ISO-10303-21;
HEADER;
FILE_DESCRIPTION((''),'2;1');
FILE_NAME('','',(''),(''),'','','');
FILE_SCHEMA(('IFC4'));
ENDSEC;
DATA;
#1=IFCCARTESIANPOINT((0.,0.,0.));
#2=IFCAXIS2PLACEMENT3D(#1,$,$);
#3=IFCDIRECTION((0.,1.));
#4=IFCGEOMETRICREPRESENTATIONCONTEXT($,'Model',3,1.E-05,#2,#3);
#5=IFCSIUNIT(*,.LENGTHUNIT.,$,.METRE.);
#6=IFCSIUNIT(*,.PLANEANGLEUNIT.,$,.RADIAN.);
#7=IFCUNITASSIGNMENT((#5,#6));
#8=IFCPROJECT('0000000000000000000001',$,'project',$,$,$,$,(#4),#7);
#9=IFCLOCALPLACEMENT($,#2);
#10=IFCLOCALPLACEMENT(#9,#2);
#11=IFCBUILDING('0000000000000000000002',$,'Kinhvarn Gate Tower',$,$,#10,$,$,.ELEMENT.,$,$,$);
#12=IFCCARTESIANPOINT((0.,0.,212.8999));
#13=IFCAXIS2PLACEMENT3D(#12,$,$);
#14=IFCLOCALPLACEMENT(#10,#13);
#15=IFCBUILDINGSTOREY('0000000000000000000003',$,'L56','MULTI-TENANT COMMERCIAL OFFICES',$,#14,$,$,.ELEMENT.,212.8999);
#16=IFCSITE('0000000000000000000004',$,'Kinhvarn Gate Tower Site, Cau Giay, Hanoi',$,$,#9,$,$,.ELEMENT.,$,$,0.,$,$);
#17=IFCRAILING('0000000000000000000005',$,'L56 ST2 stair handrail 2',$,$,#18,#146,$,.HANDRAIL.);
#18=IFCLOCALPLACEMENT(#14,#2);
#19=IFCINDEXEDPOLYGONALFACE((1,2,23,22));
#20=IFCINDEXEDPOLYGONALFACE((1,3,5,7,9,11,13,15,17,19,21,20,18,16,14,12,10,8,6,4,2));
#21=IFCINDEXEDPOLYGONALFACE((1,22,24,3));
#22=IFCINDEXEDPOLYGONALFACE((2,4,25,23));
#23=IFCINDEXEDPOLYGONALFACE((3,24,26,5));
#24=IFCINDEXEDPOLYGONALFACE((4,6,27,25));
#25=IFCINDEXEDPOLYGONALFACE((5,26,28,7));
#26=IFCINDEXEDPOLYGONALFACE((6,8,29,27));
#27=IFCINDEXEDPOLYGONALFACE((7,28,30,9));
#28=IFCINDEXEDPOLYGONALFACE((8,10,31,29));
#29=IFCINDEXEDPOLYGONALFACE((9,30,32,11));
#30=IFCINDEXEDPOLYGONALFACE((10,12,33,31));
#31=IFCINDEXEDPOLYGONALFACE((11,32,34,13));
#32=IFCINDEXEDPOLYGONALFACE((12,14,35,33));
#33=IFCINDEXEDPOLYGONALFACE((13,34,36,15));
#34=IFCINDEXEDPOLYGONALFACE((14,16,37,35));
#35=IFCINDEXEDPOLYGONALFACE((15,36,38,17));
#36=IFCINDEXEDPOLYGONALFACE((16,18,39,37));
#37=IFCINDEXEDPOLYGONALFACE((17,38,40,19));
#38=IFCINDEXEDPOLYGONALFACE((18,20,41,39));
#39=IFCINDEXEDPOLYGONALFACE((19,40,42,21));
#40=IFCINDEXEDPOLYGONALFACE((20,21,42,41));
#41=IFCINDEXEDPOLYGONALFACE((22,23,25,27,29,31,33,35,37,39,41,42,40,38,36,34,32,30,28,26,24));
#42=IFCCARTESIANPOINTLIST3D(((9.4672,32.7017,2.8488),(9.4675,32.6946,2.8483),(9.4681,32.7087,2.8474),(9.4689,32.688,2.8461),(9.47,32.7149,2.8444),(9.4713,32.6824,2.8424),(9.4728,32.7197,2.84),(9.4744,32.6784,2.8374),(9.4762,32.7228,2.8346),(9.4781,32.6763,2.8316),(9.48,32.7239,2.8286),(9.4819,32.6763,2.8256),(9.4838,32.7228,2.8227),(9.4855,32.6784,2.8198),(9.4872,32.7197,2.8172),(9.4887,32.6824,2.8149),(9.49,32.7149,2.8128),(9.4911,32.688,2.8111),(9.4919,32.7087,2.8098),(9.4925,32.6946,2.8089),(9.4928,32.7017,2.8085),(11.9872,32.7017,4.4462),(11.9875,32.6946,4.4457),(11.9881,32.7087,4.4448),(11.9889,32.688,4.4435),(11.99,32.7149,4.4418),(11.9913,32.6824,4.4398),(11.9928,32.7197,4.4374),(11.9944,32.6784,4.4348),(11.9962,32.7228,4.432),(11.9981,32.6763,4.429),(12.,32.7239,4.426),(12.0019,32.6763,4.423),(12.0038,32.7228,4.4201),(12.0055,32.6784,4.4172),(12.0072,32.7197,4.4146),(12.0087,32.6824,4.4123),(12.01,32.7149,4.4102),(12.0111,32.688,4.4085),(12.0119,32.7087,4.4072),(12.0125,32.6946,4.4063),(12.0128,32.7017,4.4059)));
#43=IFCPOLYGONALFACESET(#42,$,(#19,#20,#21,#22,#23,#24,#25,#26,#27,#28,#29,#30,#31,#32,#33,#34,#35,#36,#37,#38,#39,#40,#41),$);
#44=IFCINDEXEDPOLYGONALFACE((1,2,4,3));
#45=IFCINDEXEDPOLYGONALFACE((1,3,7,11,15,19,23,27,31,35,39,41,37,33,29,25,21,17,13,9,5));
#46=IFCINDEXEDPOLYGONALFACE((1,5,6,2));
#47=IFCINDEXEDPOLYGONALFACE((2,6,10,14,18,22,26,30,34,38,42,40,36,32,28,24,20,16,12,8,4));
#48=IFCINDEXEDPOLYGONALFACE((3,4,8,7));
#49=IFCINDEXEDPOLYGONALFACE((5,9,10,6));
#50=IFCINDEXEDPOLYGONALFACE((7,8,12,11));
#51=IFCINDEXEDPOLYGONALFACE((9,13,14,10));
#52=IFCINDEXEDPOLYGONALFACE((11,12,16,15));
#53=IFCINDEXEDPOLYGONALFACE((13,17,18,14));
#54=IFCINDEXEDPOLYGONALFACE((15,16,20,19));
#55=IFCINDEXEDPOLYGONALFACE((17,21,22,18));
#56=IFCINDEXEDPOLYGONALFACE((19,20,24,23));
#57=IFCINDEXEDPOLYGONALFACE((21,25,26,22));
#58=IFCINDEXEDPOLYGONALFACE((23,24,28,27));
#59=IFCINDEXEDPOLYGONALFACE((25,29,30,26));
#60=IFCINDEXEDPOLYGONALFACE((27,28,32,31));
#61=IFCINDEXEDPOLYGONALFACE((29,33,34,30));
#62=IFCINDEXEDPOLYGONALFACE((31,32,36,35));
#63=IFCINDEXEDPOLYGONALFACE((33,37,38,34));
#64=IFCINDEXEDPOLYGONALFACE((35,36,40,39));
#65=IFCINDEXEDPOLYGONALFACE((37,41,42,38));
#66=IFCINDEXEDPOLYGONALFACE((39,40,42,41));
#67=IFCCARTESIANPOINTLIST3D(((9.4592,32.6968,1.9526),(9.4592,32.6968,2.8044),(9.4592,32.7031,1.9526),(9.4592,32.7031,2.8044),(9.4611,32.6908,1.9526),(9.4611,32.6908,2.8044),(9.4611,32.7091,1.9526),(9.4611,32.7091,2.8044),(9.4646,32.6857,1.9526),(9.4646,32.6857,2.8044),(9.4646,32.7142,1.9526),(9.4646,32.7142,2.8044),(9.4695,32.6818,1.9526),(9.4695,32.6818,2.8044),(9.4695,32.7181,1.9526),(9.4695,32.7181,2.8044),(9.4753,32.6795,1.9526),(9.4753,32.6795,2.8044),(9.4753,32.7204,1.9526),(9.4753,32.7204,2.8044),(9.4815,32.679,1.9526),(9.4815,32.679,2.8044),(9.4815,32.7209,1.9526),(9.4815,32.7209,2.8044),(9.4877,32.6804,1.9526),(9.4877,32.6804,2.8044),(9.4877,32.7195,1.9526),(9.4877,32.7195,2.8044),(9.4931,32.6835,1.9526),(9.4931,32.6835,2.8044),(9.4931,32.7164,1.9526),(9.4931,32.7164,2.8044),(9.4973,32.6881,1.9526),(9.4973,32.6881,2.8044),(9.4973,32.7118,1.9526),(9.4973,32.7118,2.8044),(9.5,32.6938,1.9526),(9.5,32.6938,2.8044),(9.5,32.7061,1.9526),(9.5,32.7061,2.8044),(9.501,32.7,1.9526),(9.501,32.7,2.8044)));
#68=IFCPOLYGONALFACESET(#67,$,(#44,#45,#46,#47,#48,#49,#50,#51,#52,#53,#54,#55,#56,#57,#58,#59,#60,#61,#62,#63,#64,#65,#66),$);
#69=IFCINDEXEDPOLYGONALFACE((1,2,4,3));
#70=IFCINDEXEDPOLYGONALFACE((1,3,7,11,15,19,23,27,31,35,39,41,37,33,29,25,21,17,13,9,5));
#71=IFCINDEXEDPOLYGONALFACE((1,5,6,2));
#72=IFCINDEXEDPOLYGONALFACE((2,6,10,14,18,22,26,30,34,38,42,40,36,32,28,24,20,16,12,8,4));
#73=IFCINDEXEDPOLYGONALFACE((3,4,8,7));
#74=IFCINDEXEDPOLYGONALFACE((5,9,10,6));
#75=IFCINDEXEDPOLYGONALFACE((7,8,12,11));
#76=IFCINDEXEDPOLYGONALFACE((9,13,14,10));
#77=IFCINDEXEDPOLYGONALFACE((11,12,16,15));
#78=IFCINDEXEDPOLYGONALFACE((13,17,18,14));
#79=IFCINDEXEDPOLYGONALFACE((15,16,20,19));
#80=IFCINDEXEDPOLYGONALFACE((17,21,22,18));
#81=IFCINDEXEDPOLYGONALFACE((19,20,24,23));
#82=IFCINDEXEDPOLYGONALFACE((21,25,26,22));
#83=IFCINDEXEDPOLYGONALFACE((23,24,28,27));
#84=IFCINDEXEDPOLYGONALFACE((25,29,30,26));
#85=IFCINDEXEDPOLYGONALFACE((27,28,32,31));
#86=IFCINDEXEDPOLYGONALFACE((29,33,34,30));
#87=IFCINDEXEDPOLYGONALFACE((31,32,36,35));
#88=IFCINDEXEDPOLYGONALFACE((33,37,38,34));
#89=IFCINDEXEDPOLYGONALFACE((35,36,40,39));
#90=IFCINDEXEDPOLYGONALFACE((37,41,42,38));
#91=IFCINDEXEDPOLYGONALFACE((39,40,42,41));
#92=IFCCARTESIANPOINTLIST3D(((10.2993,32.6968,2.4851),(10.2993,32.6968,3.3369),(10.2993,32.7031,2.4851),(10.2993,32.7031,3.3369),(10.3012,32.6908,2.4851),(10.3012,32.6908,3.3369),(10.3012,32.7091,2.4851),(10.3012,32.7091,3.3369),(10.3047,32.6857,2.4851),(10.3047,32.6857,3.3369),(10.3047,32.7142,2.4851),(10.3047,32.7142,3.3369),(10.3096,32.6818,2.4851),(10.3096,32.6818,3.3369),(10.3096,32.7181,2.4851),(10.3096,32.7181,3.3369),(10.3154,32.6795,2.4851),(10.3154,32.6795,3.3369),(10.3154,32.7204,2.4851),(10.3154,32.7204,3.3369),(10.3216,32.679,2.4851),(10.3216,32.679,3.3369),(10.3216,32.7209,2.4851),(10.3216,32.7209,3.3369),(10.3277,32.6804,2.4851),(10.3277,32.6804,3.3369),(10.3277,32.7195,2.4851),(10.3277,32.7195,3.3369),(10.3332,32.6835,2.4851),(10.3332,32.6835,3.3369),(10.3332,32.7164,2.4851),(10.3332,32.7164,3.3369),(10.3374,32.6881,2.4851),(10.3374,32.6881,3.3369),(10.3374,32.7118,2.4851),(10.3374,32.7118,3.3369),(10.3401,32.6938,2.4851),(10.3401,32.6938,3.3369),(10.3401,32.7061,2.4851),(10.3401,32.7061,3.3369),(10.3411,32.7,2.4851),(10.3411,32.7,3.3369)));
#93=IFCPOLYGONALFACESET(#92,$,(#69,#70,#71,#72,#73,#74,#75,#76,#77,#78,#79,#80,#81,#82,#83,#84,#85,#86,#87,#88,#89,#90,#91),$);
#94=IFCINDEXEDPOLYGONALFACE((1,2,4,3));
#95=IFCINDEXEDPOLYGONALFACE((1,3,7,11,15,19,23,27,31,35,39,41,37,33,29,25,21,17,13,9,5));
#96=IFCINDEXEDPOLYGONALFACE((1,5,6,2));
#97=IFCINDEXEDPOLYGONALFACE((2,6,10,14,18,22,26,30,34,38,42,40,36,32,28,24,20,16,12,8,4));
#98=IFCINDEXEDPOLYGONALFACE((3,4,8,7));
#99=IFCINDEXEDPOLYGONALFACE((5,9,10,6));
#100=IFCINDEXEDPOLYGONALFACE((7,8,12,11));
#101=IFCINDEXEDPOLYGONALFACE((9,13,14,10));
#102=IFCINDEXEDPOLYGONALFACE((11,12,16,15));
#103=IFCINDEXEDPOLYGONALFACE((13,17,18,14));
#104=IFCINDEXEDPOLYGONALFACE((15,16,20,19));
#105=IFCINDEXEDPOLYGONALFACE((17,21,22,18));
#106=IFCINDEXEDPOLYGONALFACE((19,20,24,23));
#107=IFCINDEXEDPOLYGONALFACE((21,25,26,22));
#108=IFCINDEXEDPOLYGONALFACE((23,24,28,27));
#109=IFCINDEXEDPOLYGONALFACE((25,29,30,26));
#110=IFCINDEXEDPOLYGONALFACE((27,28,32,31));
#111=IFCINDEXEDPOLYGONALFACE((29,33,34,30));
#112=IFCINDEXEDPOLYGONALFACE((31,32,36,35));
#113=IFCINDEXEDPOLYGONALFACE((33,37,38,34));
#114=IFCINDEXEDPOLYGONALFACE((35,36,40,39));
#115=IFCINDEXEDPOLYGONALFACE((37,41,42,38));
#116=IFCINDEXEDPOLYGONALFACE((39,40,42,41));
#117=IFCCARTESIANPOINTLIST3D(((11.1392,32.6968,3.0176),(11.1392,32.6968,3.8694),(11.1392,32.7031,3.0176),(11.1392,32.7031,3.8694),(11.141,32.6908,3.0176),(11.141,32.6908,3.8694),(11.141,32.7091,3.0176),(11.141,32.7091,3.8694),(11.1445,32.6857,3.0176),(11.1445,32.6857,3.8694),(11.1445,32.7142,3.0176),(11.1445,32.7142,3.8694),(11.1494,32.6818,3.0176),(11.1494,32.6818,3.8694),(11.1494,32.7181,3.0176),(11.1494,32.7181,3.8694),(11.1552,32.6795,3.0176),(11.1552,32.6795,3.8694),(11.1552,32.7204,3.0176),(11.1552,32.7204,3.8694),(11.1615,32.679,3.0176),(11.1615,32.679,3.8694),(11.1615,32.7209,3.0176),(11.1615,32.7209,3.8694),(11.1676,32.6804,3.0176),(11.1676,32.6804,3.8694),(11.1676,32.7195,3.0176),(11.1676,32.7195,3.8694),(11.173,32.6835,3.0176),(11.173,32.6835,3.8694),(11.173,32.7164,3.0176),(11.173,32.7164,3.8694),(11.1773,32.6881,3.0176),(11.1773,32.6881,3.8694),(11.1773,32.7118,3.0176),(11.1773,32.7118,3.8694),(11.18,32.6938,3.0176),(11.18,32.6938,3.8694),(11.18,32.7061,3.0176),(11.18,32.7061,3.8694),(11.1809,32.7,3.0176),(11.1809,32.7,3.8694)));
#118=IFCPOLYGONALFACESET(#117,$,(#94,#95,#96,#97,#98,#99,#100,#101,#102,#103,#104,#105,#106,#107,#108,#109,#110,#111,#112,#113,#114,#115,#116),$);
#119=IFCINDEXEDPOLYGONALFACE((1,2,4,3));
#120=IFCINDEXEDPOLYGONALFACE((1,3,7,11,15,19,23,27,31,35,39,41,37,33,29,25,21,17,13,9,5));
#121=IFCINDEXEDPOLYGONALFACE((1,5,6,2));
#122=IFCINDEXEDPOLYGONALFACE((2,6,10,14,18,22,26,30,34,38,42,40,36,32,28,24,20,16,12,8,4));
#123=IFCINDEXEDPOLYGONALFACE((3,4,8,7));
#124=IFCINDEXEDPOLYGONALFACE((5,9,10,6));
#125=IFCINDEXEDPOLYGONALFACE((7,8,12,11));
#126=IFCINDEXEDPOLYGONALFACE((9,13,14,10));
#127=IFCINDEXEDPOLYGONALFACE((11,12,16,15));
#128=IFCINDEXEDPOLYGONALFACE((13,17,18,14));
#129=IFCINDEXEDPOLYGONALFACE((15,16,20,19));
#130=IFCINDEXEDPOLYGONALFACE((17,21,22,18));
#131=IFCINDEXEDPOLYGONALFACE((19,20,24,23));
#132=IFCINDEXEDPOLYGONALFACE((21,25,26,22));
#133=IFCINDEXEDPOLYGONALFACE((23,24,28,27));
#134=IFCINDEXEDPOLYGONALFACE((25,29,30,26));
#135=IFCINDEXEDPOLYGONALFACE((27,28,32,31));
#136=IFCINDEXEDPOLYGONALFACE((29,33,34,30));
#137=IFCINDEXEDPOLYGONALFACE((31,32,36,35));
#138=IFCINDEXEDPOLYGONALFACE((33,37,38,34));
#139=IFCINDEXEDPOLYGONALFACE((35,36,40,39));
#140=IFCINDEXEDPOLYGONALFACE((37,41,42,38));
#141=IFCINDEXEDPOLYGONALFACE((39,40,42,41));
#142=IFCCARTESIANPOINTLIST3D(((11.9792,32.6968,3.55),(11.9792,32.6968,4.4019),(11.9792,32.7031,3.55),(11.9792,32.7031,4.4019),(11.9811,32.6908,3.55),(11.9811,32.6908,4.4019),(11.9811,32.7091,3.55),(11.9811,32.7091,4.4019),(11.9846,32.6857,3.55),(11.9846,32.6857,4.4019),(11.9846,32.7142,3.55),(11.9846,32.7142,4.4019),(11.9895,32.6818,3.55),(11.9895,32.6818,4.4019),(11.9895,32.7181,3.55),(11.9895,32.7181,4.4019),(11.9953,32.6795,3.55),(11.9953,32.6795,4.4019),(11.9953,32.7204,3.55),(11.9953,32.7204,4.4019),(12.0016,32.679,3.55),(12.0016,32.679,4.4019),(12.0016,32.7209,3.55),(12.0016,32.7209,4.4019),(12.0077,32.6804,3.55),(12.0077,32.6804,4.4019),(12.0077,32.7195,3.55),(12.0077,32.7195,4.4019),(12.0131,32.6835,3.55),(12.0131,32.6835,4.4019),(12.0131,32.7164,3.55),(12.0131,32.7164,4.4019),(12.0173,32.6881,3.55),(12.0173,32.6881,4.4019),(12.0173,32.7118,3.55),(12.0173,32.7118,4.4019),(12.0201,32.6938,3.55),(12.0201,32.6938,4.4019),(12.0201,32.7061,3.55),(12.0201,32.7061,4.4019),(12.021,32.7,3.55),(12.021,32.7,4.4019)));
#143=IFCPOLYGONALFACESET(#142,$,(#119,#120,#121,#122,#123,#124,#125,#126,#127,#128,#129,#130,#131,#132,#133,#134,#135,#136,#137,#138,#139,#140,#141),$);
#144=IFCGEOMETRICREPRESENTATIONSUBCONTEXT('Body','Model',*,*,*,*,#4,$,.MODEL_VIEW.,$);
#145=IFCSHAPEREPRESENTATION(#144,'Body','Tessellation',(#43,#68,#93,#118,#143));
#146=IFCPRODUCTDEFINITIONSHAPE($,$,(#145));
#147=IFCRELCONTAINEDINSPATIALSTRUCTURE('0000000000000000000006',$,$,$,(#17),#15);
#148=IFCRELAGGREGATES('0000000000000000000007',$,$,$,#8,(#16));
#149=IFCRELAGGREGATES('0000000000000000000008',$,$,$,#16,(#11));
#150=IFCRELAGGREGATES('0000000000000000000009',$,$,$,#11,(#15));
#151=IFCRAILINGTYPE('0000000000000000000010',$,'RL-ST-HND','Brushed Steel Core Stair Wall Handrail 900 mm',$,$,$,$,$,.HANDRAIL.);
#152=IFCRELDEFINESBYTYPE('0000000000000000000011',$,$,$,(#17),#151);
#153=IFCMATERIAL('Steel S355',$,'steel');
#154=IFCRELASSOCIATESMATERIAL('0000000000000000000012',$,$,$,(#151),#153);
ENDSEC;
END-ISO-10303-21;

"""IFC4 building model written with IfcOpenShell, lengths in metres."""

from ifc_helpers import new_model, si_unit, direction, frame, origin, origin_2d, place, context, subcontext, project, spatial, circle, extrude, material, type_object, element, save


model = new_model("IFC4")

# Units and contexts
model_context = context("Model", 3, precision=1e-05, world=origin(), true_north=direction((0.0, 1.0)))
body_context = subcontext(model_context, "Body", "Model", "MODEL_VIEW")
ifc_project = project(units=[si_unit("LENGTHUNIT", "METRE"), si_unit("PLANEANGLEUNIT", "RADIAN")], contexts=[model_context])

# Site, building, storey
site_placement = place(None, origin())
site = spatial("IfcSite", under=ifc_project, at=site_placement, Name="Kinhvarn Gate Tower Site, Cau Giay, Hanoi", CompositionType="ELEMENT", RefElevation=0.0)
building_placement = place(site_placement, origin())
building = spatial("IfcBuilding", under=site, at=building_placement, Name="Kinhvarn Gate Tower", CompositionType="ELEMENT")
storey_placement = place(building_placement, frame((0.0, 0.0, 212.8999)))
storey = spatial("IfcBuildingStorey", under=building, at=storey_placement, Name="L56", Description="MULTI-TENANT COMMERCIAL OFFICES", CompositionType="ELEMENT", Elevation=212.8999)

# Railing
ifc_material_1 = material(Name="Steel S355", Category="steel")
railing_type_1 = type_object("IfcRailingType", Name="RL-ST-HND", Description="Brushed Steel Core Stair Wall Handrail 900 mm", PredefinedType="HANDRAIL", material=ifc_material_1)
railing_1_placement = place(storey_placement, frame((9.48, 32.7, 1.9526)))
element("IfcRailing", 1, at=railing_1_placement, inside=storey, type_object=railing_type_1, Name="L56 ST2 stair handrail 2", PredefinedType="HANDRAIL", context=body_context, shape_type="SweptSolid", body=[
    extrude(circle(Radius=0.0239, at=origin_2d()), frame((0.0, 0.0, 0.876), z_axis=(0.844607, 0.0, 0.535387), x_axis=(0.0, 1.0, 0.0)), (0.0, 0.0, 1.0), 2.9836),
    extrude(circle(Radius=0.021, at=origin_2d()), origin(), (0.0, 0.0, 1.0), 0.8518),
    extrude(circle(Radius=0.021, at=origin_2d()), frame((0.8401, 0.0, 0.5325)), (0.0, 0.0, 1.0), 0.8518),
    extrude(circle(Radius=0.021, at=origin_2d()), frame((1.6799, 0.0, 1.0649)), (0.0, 0.0, 1.0), 0.8518),
    extrude(circle(Radius=0.021, at=origin_2d()), frame((2.52, 0.0, 1.5974)), (0.0, 0.0, 1.0), 0.8518),
])

save(model, "model.ifc")
